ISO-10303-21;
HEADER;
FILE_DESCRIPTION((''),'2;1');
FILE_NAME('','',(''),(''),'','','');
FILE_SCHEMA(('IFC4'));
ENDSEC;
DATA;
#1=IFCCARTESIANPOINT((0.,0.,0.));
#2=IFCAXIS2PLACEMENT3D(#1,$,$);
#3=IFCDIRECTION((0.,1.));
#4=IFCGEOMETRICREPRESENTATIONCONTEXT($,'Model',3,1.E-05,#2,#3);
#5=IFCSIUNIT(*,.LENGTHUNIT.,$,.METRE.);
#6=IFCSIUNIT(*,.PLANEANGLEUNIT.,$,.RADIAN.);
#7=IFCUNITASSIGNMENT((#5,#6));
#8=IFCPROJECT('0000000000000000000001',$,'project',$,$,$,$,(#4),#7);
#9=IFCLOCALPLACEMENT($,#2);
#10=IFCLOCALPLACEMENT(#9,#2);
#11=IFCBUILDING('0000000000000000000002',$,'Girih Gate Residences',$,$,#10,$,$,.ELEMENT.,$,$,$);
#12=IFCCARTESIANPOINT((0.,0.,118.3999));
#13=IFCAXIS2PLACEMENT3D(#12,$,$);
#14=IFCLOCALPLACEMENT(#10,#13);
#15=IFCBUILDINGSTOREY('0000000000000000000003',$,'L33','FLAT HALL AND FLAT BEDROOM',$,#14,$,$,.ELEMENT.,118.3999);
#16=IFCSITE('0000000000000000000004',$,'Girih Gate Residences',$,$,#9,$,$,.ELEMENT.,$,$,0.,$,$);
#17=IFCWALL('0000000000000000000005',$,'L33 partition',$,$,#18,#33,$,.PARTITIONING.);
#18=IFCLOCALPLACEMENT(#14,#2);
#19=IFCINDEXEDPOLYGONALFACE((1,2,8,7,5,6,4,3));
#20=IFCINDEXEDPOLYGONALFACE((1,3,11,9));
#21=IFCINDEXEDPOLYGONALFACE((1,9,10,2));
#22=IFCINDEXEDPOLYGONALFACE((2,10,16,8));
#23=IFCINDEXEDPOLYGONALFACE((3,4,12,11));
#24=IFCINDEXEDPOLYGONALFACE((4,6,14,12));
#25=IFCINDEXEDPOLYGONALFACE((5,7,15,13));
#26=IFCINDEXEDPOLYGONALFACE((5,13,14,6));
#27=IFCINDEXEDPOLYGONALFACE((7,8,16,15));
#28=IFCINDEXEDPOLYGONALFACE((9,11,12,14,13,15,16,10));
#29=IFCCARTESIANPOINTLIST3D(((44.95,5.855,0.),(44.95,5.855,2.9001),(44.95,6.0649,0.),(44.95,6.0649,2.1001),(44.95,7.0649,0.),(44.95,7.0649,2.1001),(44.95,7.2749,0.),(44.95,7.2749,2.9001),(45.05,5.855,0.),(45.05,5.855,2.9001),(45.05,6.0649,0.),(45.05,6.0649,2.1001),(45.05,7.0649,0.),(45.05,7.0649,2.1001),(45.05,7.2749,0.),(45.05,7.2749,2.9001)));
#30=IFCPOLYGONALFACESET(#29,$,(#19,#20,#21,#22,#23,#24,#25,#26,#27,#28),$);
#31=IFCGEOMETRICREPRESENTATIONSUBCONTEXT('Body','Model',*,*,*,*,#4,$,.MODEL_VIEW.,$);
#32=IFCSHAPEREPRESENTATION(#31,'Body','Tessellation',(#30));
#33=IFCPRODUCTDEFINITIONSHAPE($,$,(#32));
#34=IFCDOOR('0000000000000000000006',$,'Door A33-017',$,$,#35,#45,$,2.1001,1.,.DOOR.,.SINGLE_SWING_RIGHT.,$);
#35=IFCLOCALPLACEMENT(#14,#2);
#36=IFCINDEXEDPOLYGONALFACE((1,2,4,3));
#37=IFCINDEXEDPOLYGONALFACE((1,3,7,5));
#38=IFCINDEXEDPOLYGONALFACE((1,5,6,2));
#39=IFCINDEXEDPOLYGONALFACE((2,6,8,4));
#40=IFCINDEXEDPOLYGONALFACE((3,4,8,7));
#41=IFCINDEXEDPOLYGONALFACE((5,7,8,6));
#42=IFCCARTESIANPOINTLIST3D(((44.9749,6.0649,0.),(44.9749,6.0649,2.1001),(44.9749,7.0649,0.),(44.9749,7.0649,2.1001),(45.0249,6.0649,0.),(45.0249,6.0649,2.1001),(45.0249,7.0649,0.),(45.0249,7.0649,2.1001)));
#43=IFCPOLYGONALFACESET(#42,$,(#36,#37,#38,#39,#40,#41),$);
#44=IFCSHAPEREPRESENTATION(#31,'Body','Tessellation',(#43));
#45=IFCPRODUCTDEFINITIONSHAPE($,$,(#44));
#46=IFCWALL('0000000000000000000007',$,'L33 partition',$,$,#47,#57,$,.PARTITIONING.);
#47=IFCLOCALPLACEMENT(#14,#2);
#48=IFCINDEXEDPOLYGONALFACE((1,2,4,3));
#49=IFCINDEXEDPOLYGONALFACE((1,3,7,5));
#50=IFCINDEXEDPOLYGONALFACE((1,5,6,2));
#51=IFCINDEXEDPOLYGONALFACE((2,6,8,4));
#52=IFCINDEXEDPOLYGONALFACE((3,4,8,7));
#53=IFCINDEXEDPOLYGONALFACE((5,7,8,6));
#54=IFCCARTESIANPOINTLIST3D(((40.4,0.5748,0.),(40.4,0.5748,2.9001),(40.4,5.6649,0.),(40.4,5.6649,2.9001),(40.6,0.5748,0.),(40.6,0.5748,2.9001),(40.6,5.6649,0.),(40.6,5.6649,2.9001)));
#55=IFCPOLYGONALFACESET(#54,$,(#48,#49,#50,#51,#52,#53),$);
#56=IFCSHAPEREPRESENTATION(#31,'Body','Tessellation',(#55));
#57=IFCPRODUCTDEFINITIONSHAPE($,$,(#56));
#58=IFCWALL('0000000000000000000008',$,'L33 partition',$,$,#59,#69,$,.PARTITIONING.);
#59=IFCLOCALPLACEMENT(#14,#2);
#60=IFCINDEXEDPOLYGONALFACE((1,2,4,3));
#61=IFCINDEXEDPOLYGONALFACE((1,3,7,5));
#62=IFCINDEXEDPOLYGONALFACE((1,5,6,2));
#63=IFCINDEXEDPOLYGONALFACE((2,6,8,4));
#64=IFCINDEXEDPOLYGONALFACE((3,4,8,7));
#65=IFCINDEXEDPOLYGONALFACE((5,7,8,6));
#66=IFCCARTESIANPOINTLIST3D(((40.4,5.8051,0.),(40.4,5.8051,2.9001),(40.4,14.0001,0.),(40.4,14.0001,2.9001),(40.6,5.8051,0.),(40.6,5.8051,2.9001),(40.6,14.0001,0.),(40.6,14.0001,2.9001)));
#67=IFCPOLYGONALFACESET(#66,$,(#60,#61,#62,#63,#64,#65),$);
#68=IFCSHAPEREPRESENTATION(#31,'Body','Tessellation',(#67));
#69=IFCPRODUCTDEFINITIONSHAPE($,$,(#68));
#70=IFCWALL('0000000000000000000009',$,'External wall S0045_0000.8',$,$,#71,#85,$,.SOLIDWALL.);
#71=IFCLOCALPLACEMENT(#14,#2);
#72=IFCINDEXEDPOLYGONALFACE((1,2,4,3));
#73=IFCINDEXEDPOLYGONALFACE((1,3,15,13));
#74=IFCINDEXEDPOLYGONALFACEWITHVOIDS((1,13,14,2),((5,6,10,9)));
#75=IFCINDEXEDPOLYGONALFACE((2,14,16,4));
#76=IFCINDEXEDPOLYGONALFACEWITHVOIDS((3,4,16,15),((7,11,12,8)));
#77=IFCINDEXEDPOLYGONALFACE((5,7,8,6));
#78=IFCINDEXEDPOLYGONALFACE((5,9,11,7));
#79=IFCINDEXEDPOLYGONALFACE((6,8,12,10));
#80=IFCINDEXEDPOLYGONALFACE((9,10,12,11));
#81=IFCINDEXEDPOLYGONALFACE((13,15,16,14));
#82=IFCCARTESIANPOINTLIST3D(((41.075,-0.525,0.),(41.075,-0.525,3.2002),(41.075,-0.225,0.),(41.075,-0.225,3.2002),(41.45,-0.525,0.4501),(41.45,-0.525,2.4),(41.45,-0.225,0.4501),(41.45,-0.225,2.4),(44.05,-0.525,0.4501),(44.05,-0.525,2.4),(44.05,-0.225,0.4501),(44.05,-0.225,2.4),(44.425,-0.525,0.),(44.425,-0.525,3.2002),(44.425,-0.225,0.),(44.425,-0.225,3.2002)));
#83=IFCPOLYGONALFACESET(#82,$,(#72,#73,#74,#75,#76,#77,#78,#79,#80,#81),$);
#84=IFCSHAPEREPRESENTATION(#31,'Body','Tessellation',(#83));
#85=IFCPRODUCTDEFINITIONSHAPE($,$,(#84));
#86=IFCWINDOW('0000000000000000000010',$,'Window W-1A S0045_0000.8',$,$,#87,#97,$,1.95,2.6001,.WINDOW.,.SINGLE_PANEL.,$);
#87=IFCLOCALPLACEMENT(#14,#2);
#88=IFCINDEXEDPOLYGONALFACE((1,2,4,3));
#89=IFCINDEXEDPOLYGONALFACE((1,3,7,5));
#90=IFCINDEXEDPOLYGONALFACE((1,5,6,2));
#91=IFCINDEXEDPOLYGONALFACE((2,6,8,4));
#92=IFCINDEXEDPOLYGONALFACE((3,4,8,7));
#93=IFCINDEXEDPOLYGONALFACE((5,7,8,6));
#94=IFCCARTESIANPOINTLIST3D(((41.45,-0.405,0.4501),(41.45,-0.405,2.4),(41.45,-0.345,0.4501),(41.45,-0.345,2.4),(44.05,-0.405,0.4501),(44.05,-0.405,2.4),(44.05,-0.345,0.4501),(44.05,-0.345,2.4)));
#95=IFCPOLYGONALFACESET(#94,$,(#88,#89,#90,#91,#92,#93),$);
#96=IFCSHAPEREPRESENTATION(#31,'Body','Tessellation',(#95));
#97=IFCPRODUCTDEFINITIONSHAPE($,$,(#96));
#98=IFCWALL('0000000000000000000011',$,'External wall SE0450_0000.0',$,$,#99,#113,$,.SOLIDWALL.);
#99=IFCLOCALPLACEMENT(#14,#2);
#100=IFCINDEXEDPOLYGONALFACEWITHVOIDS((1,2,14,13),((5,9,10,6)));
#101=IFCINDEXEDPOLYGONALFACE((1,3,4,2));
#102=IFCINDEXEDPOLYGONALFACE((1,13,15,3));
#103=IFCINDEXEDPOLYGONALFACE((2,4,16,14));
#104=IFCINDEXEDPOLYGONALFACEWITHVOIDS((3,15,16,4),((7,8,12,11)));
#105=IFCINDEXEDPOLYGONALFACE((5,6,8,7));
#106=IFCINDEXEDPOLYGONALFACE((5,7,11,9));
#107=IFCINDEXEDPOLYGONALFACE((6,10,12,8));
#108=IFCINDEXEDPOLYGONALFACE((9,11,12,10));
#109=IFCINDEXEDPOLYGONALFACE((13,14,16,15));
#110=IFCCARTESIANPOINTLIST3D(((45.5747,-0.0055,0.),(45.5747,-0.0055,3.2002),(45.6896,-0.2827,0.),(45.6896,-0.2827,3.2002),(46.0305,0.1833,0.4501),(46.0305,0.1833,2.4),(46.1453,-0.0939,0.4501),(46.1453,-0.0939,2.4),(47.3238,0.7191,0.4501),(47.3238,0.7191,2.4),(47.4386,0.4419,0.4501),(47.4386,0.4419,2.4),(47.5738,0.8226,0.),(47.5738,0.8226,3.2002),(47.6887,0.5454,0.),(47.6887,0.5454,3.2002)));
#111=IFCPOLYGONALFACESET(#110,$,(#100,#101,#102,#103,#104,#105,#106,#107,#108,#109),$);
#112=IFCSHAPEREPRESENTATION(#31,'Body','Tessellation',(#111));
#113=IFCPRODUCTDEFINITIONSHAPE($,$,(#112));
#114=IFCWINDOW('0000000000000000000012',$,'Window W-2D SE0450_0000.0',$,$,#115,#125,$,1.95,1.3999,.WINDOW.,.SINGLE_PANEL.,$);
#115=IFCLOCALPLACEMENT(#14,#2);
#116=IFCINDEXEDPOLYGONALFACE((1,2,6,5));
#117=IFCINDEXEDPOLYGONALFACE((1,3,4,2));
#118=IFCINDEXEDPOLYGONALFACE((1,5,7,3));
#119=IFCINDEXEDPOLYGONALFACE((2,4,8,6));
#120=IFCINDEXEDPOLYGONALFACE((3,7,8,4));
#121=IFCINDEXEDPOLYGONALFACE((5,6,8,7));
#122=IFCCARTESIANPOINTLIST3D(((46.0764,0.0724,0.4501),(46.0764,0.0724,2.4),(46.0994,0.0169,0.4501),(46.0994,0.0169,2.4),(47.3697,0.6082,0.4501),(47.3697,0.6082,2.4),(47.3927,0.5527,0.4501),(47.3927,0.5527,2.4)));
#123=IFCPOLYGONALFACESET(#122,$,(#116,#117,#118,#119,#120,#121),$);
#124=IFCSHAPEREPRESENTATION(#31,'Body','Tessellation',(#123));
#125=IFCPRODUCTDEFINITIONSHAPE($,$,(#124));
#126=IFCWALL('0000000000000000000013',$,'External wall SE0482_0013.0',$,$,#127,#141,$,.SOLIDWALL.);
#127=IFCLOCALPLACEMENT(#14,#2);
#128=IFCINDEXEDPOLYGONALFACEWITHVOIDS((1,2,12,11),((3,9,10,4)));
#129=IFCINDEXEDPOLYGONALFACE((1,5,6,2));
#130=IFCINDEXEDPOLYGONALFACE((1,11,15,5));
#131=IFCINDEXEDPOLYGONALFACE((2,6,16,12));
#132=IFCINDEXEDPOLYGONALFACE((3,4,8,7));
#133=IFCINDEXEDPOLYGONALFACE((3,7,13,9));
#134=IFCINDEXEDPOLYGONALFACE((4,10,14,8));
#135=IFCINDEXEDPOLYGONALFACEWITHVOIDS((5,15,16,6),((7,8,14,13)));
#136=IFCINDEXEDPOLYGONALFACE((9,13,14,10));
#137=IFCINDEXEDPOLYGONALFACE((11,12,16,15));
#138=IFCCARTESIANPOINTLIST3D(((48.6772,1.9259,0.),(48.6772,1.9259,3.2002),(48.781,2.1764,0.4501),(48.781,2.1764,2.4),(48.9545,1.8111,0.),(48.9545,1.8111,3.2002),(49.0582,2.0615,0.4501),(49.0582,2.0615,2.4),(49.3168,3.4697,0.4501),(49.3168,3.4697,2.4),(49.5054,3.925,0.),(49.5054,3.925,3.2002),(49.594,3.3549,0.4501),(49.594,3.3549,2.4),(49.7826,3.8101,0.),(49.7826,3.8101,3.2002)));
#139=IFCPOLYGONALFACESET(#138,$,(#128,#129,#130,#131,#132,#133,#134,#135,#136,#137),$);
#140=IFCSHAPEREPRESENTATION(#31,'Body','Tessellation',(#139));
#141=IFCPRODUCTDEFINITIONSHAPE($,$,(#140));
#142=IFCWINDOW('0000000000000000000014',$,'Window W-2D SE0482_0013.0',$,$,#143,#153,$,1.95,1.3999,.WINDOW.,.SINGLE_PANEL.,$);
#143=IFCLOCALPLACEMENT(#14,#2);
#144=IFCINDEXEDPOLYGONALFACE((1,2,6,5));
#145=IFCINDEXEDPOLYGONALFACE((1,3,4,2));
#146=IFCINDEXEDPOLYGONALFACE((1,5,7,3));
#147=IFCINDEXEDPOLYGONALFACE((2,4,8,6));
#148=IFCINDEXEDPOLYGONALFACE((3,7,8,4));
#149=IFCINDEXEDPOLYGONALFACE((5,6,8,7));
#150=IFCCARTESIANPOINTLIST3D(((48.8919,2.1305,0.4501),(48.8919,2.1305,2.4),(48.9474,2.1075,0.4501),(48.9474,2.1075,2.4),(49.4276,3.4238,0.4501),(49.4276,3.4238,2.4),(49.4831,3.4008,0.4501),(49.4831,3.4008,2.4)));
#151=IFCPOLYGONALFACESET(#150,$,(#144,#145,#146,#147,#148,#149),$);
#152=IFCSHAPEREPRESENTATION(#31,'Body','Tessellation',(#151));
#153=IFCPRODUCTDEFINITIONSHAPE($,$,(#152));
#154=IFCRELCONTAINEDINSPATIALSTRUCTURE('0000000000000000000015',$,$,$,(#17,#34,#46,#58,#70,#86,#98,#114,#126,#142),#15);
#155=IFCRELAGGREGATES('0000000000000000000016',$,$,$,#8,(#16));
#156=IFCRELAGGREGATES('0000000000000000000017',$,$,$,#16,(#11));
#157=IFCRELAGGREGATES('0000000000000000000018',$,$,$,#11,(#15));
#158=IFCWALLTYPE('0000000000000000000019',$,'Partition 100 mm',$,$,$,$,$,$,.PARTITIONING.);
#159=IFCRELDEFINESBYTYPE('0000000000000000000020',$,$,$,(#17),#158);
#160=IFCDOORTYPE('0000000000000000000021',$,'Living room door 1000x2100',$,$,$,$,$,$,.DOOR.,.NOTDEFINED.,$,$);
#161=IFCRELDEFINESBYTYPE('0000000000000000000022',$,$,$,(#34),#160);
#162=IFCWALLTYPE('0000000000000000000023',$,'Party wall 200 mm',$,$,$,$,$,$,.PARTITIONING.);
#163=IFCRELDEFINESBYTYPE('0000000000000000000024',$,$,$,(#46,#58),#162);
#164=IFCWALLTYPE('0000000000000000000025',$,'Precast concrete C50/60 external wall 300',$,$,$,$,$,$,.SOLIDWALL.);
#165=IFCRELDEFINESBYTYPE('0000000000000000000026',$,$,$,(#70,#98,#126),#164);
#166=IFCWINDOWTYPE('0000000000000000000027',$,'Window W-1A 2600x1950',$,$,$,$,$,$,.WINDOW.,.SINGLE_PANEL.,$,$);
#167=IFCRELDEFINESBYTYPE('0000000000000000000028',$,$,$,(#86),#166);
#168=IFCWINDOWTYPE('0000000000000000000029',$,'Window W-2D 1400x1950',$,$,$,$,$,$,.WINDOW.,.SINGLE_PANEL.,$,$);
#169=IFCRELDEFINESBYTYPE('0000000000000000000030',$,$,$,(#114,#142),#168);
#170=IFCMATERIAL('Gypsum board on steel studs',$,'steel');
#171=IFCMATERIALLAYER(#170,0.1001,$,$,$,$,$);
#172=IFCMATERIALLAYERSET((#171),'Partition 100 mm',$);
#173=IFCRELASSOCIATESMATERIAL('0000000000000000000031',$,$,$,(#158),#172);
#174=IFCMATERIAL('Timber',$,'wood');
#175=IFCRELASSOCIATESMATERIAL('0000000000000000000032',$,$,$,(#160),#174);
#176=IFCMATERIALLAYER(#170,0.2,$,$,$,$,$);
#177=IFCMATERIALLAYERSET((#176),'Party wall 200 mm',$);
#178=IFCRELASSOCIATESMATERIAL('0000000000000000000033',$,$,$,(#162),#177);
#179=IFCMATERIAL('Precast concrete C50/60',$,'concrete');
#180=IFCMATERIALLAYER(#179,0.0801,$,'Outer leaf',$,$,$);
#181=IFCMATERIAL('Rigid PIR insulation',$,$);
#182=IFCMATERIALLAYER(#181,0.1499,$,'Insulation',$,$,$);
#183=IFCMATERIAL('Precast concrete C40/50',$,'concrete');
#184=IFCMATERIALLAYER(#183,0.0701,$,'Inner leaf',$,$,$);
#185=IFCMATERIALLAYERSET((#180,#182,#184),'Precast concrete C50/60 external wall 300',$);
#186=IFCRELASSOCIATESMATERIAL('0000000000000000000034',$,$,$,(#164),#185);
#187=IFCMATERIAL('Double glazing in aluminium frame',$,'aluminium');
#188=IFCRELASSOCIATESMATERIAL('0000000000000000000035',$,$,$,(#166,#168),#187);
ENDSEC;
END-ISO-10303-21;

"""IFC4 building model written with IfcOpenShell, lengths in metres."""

from ifc_helpers import new_model, si_unit, direction, frame, frame_2d, origin, place, context, subcontext, project, spatial, rectangle, extrude, material, layer, layer_set, type_object, element, fill, save


model = new_model("IFC4")

# Units and contexts
model_context = context("Model", 3, precision=1e-05, world=origin(), true_north=direction((0.0, 1.0)))
body_context = subcontext(model_context, "Body", "Model", "MODEL_VIEW")
ifc_project = project(units=[si_unit("LENGTHUNIT", "METRE"), si_unit("PLANEANGLEUNIT", "RADIAN")], contexts=[model_context])

# Site, building, storey
site_placement = place(None, origin())
site = spatial("IfcSite", under=ifc_project, at=site_placement, Name="Girih Gate Residences", CompositionType="ELEMENT", RefElevation=0.0)
building_placement = place(site_placement, origin())
building = spatial("IfcBuilding", under=site, at=building_placement, Name="Girih Gate Residences", CompositionType="ELEMENT")
storey_placement = place(building_placement, frame((0.0, 0.0, 118.3999)))
storey = spatial("IfcBuildingStorey", under=building, at=storey_placement, Name="L33", Description="FLAT HALL AND FLAT BEDROOM", CompositionType="ELEMENT", Elevation=118.3999)

# Shared definitions
ifc_material_1 = material(Name="Gypsum board on steel studs", Category="steel")
ifc_layer_1 = layer(ifc_material_1, 0.1001)
ifc_layer_set_1 = layer_set([ifc_layer_1], Name="Partition 100 mm")
wall_type_1 = type_object("IfcWallType", Name="Partition 100 mm", PredefinedType="PARTITIONING", material=ifc_layer_set_1)
ifc_material_2 = material(Name="Timber", Category="wood")

# Wall, opening, door
wall_1_placement = place(storey_placement, frame((45.0, 7.2749, 0.0), z_axis=(0.0, 0.0, 1.0), x_axis=(0.0, -1.0, 0.0)))
wall_1 = element("IfcWall", 1, at=wall_1_placement, inside=storey, type_object=wall_type_1, Name="L33 partition", PredefinedType="PARTITIONING", context=body_context, shape_type="SweptSolid", body=[
    extrude(rectangle(XDim=1.4199, YDim=0.1001, at=frame_2d((0.71, 0.0))), origin(), (0.0, 0.0, 1.0), 2.9001),
])
opening_1_placement = place(wall_1_placement, frame((0.21, 0.0, 0.0)))
opening_1 = element("IfcOpeningElement", 2, at=opening_1_placement, cuts=wall_1, PredefinedType="OPENING", context=body_context, shape_type="SweptSolid", body=[
    extrude(rectangle(XDim=1.0, YDim=2.1001, at=frame_2d((0.5, 1.05))), frame((0.0, 0.0601, 0.0), z_axis=(0.0, -1.0, 0.0), x_axis=(1.0, 0.0, 0.0)), (0.0, 0.0, 1.0), 0.1201),
])
door_type_1 = type_object("IfcDoorType", Name="Living room door 1000x2100", OperationType="NOTDEFINED", PredefinedType="DOOR", material=ifc_material_2)
door_1_placement = place(opening_1_placement, origin())
door_1 = element("IfcDoor", 3, at=door_1_placement, inside=storey, type_object=door_type_1, Name="Door A33-017", OperationType="SINGLE_SWING_RIGHT", OverallHeight=2.1001, OverallWidth=1.0, PredefinedType="DOOR", context=body_context, shape_type="SweptSolid", body=[
    extrude(rectangle(XDim=1.0, YDim=2.1001, at=frame_2d((0.5, 1.05))), frame((0.0, 0.0249, 0.0), z_axis=(0.0, -1.0, 0.0), x_axis=(1.0, 0.0, 0.0)), (0.0, 0.0, 1.0), 0.05),
])
fill(opening_1, door_1)

# Walls
ifc_layer_2 = layer(ifc_material_1, 0.2)
ifc_layer_set_2 = layer_set([ifc_layer_2], Name="Party wall 200 mm")
wall_type_2 = type_object("IfcWallType", Name="Party wall 200 mm", PredefinedType="PARTITIONING", material=ifc_layer_set_2)
wall_2_placement = place(storey_placement, frame((40.5, 0.575, 0.0), z_axis=(0.0, 0.0, 1.0), x_axis=(0.0, 1.0, 0.0)))
element("IfcWall", 4, at=wall_2_placement, inside=storey, type_object=wall_type_2, Name="L33 partition", PredefinedType="PARTITIONING", context=body_context, shape_type="SweptSolid", body=[
    extrude(rectangle(XDim=5.0901, YDim=0.2, at=frame_2d((2.5449, 0.0))), origin(), (0.0, 0.0, 1.0), 2.9001),
])
wall_3_placement = place(storey_placement, frame((40.5, 5.8049, 0.0), z_axis=(0.0, 0.0, 1.0), x_axis=(0.0, 1.0, 0.0)))
element("IfcWall", 5, at=wall_3_placement, inside=storey, type_object=wall_type_2, Name="L33 partition", PredefinedType="PARTITIONING", context=body_context, shape_type="SweptSolid", body=[
    extrude(rectangle(XDim=8.1951, YDim=0.2, at=frame_2d((4.0977, 0.0))), origin(), (0.0, 0.0, 1.0), 2.9001),
])

# Walls, openings, windows
ifc_material_3 = material(Name="Precast concrete C50/60", Category="concrete")
ifc_layer_3 = layer(ifc_material_3, 0.0801, Name="Outer leaf")
ifc_material_4 = material(Name="Rigid PIR insulation")
ifc_layer_4 = layer(ifc_material_4, 0.1499, Name="Insulation")
ifc_material_5 = material(Name="Precast concrete C40/50", Category="concrete")
ifc_layer_5 = layer(ifc_material_5, 0.0701, Name="Inner leaf")
ifc_layer_set_3 = layer_set([ifc_layer_3, ifc_layer_4, ifc_layer_5], Name="Precast concrete C50/60 external wall 300")
wall_type_3 = type_object("IfcWallType", Name="Precast concrete C50/60 external wall 300", PredefinedType="SOLIDWALL", material=ifc_layer_set_3)
wall_4_placement = place(storey_placement, frame((44.425, -0.375, 0.0), z_axis=(0.0, 0.0, 1.0), x_axis=(-1.0, 0.0, 0.0)))
wall_4 = element("IfcWall", 6, at=wall_4_placement, inside=storey, type_object=wall_type_3, Name="External wall S0045_0000.8", PredefinedType="SOLIDWALL", context=body_context, shape_type="SweptSolid", body=[
    extrude(rectangle(XDim=3.3501, YDim=0.3, at=frame_2d((1.675, 0.0))), origin(), (0.0, 0.0, 1.0), 3.2002),
])
opening_2_placement = place(wall_4_placement, frame((0.375, 0.0, 0.45)))
opening_2 = element("IfcOpeningElement", 7, at=opening_2_placement, cuts=wall_4, PredefinedType="OPENING", context=body_context, shape_type="SweptSolid", body=[
    extrude(rectangle(XDim=2.6001, YDim=1.95, at=frame_2d((1.3, 0.9751))), frame((0.0, 0.1599, 0.0), z_axis=(0.0, -1.0, 0.0), x_axis=(1.0, 0.0, 0.0)), (0.0, 0.0, 1.0), 0.3201),
])
ifc_material_6 = material(Name="Double glazing in aluminium frame", Category="aluminium")
window_type_1 = type_object("IfcWindowType", Name="Window W-1A 2600x1950", PartitioningType="SINGLE_PANEL", PredefinedType="WINDOW", material=ifc_material_6)
window_1_placement = place(opening_2_placement, origin())
window_1 = element("IfcWindow", 8, at=window_1_placement, inside=storey, type_object=window_type_1, Name="Window W-1A S0045_0000.8", OverallHeight=1.95, OverallWidth=2.6001, PartitioningType="SINGLE_PANEL", PredefinedType="WINDOW", context=body_context, shape_type="SweptSolid", body=[
    extrude(rectangle(XDim=2.6001, YDim=1.95, at=frame_2d((1.3, 0.9751))), frame((0.0, 0.03, 0.0), z_axis=(0.0, -1.0, 0.0), x_axis=(1.0, 0.0, 0.0)), (0.0, 0.0, 1.0), 0.0601),
])
fill(opening_2, window_1)
wall_5_placement = place(storey_placement, frame((47.6313, 0.6841, 0.0), z_axis=(0.0, 0.0, 1.0), x_axis=(-0.923863, -0.382724, 0.0)))
wall_5 = element("IfcWall", 9, at=wall_5_placement, inside=storey, type_object=wall_type_3, Name="External wall SE0450_0000.0", PredefinedType="SOLIDWALL", context=body_context, shape_type="SweptSolid", body=[
    extrude(rectangle(XDim=2.1638, YDim=0.3, at=frame_2d((1.082, 0.0))), origin(), (0.0, 0.0, 1.0), 3.2002),
])
opening_3_placement = place(wall_5_placement, frame((0.2708, 0.0, 0.45)))
opening_3 = element("IfcOpeningElement", 10, at=opening_3_placement, cuts=wall_5, PredefinedType="OPENING", context=body_context, shape_type="SweptSolid", body=[
    extrude(rectangle(XDim=1.3999, YDim=1.95, at=frame_2d((0.7, 0.9751))), frame((0.0, 0.1599, 0.0), z_axis=(0.0, -1.0, 0.0), x_axis=(1.0, 0.0, 0.0)), (0.0, 0.0, 1.0), 0.3201),
])
window_type_2 = type_object("IfcWindowType", Name="Window W-2D 1400x1950", PartitioningType="SINGLE_PANEL", PredefinedType="WINDOW", material=ifc_material_6)
window_2_placement = place(opening_3_placement, origin())
window_2 = element("IfcWindow", 11, at=window_2_placement, inside=storey, type_object=window_type_2, Name="Window W-2D SE0450_0000.0", OverallHeight=1.95, OverallWidth=1.3999, PartitioningType="SINGLE_PANEL", PredefinedType="WINDOW", context=body_context, shape_type="SweptSolid", body=[
    extrude(rectangle(XDim=1.3999, YDim=1.95, at=frame_2d((0.7, 0.9751))), frame((0.0, 0.03, 0.0), z_axis=(0.0, -1.0, 0.0), x_axis=(1.0, 0.0, 0.0)), (0.0, 0.0, 1.0), 0.0601),
])
fill(opening_3, window_2)
wall_6_placement = place(storey_placement, frame((49.644, 3.8677, 0.0), z_axis=(0.0, 0.0, 1.0), x_axis=(-0.382724, -0.923863, 0.0)))
wall_6 = element("IfcWall", 12, at=wall_6_placement, inside=storey, type_object=wall_type_3, Name="External wall SE0482_0013.0", PredefinedType="SOLIDWALL", context=body_context, shape_type="SweptSolid", body=[
    extrude(rectangle(XDim=2.1638, YDim=0.3, at=frame_2d((1.082, 0.0))), origin(), (0.0, 0.0, 1.0), 3.2002),
])
opening_4_placement = place(wall_6_placement, frame((0.4929, 0.0, 0.45)))
opening_4 = element("IfcOpeningElement", 13, at=opening_4_placement, cuts=wall_6, PredefinedType="OPENING", context=body_context, shape_type="SweptSolid", body=[
    extrude(rectangle(XDim=1.3999, YDim=1.95, at=frame_2d((0.7, 0.9751))), frame((0.0, 0.1599, 0.0), z_axis=(0.0, -1.0, 0.0), x_axis=(1.0, 0.0, 0.0)), (0.0, 0.0, 1.0), 0.3201),
])
window_3_placement = place(opening_4_placement, origin())
window_3 = element("IfcWindow", 14, at=window_3_placement, inside=storey, type_object=window_type_2, Name="Window W-2D SE0482_0013.0", OverallHeight=1.95, OverallWidth=1.3999, PartitioningType="SINGLE_PANEL", PredefinedType="WINDOW", context=body_context, shape_type="SweptSolid", body=[
    extrude(rectangle(XDim=1.3999, YDim=1.95, at=frame_2d((0.7, 0.9751))), frame((0.0, 0.03, 0.0), z_axis=(0.0, -1.0, 0.0), x_axis=(1.0, 0.0, 0.0)), (0.0, 0.0, 1.0), 0.0601),
])
fill(opening_4, window_3)

save(model, "model.ifc")
